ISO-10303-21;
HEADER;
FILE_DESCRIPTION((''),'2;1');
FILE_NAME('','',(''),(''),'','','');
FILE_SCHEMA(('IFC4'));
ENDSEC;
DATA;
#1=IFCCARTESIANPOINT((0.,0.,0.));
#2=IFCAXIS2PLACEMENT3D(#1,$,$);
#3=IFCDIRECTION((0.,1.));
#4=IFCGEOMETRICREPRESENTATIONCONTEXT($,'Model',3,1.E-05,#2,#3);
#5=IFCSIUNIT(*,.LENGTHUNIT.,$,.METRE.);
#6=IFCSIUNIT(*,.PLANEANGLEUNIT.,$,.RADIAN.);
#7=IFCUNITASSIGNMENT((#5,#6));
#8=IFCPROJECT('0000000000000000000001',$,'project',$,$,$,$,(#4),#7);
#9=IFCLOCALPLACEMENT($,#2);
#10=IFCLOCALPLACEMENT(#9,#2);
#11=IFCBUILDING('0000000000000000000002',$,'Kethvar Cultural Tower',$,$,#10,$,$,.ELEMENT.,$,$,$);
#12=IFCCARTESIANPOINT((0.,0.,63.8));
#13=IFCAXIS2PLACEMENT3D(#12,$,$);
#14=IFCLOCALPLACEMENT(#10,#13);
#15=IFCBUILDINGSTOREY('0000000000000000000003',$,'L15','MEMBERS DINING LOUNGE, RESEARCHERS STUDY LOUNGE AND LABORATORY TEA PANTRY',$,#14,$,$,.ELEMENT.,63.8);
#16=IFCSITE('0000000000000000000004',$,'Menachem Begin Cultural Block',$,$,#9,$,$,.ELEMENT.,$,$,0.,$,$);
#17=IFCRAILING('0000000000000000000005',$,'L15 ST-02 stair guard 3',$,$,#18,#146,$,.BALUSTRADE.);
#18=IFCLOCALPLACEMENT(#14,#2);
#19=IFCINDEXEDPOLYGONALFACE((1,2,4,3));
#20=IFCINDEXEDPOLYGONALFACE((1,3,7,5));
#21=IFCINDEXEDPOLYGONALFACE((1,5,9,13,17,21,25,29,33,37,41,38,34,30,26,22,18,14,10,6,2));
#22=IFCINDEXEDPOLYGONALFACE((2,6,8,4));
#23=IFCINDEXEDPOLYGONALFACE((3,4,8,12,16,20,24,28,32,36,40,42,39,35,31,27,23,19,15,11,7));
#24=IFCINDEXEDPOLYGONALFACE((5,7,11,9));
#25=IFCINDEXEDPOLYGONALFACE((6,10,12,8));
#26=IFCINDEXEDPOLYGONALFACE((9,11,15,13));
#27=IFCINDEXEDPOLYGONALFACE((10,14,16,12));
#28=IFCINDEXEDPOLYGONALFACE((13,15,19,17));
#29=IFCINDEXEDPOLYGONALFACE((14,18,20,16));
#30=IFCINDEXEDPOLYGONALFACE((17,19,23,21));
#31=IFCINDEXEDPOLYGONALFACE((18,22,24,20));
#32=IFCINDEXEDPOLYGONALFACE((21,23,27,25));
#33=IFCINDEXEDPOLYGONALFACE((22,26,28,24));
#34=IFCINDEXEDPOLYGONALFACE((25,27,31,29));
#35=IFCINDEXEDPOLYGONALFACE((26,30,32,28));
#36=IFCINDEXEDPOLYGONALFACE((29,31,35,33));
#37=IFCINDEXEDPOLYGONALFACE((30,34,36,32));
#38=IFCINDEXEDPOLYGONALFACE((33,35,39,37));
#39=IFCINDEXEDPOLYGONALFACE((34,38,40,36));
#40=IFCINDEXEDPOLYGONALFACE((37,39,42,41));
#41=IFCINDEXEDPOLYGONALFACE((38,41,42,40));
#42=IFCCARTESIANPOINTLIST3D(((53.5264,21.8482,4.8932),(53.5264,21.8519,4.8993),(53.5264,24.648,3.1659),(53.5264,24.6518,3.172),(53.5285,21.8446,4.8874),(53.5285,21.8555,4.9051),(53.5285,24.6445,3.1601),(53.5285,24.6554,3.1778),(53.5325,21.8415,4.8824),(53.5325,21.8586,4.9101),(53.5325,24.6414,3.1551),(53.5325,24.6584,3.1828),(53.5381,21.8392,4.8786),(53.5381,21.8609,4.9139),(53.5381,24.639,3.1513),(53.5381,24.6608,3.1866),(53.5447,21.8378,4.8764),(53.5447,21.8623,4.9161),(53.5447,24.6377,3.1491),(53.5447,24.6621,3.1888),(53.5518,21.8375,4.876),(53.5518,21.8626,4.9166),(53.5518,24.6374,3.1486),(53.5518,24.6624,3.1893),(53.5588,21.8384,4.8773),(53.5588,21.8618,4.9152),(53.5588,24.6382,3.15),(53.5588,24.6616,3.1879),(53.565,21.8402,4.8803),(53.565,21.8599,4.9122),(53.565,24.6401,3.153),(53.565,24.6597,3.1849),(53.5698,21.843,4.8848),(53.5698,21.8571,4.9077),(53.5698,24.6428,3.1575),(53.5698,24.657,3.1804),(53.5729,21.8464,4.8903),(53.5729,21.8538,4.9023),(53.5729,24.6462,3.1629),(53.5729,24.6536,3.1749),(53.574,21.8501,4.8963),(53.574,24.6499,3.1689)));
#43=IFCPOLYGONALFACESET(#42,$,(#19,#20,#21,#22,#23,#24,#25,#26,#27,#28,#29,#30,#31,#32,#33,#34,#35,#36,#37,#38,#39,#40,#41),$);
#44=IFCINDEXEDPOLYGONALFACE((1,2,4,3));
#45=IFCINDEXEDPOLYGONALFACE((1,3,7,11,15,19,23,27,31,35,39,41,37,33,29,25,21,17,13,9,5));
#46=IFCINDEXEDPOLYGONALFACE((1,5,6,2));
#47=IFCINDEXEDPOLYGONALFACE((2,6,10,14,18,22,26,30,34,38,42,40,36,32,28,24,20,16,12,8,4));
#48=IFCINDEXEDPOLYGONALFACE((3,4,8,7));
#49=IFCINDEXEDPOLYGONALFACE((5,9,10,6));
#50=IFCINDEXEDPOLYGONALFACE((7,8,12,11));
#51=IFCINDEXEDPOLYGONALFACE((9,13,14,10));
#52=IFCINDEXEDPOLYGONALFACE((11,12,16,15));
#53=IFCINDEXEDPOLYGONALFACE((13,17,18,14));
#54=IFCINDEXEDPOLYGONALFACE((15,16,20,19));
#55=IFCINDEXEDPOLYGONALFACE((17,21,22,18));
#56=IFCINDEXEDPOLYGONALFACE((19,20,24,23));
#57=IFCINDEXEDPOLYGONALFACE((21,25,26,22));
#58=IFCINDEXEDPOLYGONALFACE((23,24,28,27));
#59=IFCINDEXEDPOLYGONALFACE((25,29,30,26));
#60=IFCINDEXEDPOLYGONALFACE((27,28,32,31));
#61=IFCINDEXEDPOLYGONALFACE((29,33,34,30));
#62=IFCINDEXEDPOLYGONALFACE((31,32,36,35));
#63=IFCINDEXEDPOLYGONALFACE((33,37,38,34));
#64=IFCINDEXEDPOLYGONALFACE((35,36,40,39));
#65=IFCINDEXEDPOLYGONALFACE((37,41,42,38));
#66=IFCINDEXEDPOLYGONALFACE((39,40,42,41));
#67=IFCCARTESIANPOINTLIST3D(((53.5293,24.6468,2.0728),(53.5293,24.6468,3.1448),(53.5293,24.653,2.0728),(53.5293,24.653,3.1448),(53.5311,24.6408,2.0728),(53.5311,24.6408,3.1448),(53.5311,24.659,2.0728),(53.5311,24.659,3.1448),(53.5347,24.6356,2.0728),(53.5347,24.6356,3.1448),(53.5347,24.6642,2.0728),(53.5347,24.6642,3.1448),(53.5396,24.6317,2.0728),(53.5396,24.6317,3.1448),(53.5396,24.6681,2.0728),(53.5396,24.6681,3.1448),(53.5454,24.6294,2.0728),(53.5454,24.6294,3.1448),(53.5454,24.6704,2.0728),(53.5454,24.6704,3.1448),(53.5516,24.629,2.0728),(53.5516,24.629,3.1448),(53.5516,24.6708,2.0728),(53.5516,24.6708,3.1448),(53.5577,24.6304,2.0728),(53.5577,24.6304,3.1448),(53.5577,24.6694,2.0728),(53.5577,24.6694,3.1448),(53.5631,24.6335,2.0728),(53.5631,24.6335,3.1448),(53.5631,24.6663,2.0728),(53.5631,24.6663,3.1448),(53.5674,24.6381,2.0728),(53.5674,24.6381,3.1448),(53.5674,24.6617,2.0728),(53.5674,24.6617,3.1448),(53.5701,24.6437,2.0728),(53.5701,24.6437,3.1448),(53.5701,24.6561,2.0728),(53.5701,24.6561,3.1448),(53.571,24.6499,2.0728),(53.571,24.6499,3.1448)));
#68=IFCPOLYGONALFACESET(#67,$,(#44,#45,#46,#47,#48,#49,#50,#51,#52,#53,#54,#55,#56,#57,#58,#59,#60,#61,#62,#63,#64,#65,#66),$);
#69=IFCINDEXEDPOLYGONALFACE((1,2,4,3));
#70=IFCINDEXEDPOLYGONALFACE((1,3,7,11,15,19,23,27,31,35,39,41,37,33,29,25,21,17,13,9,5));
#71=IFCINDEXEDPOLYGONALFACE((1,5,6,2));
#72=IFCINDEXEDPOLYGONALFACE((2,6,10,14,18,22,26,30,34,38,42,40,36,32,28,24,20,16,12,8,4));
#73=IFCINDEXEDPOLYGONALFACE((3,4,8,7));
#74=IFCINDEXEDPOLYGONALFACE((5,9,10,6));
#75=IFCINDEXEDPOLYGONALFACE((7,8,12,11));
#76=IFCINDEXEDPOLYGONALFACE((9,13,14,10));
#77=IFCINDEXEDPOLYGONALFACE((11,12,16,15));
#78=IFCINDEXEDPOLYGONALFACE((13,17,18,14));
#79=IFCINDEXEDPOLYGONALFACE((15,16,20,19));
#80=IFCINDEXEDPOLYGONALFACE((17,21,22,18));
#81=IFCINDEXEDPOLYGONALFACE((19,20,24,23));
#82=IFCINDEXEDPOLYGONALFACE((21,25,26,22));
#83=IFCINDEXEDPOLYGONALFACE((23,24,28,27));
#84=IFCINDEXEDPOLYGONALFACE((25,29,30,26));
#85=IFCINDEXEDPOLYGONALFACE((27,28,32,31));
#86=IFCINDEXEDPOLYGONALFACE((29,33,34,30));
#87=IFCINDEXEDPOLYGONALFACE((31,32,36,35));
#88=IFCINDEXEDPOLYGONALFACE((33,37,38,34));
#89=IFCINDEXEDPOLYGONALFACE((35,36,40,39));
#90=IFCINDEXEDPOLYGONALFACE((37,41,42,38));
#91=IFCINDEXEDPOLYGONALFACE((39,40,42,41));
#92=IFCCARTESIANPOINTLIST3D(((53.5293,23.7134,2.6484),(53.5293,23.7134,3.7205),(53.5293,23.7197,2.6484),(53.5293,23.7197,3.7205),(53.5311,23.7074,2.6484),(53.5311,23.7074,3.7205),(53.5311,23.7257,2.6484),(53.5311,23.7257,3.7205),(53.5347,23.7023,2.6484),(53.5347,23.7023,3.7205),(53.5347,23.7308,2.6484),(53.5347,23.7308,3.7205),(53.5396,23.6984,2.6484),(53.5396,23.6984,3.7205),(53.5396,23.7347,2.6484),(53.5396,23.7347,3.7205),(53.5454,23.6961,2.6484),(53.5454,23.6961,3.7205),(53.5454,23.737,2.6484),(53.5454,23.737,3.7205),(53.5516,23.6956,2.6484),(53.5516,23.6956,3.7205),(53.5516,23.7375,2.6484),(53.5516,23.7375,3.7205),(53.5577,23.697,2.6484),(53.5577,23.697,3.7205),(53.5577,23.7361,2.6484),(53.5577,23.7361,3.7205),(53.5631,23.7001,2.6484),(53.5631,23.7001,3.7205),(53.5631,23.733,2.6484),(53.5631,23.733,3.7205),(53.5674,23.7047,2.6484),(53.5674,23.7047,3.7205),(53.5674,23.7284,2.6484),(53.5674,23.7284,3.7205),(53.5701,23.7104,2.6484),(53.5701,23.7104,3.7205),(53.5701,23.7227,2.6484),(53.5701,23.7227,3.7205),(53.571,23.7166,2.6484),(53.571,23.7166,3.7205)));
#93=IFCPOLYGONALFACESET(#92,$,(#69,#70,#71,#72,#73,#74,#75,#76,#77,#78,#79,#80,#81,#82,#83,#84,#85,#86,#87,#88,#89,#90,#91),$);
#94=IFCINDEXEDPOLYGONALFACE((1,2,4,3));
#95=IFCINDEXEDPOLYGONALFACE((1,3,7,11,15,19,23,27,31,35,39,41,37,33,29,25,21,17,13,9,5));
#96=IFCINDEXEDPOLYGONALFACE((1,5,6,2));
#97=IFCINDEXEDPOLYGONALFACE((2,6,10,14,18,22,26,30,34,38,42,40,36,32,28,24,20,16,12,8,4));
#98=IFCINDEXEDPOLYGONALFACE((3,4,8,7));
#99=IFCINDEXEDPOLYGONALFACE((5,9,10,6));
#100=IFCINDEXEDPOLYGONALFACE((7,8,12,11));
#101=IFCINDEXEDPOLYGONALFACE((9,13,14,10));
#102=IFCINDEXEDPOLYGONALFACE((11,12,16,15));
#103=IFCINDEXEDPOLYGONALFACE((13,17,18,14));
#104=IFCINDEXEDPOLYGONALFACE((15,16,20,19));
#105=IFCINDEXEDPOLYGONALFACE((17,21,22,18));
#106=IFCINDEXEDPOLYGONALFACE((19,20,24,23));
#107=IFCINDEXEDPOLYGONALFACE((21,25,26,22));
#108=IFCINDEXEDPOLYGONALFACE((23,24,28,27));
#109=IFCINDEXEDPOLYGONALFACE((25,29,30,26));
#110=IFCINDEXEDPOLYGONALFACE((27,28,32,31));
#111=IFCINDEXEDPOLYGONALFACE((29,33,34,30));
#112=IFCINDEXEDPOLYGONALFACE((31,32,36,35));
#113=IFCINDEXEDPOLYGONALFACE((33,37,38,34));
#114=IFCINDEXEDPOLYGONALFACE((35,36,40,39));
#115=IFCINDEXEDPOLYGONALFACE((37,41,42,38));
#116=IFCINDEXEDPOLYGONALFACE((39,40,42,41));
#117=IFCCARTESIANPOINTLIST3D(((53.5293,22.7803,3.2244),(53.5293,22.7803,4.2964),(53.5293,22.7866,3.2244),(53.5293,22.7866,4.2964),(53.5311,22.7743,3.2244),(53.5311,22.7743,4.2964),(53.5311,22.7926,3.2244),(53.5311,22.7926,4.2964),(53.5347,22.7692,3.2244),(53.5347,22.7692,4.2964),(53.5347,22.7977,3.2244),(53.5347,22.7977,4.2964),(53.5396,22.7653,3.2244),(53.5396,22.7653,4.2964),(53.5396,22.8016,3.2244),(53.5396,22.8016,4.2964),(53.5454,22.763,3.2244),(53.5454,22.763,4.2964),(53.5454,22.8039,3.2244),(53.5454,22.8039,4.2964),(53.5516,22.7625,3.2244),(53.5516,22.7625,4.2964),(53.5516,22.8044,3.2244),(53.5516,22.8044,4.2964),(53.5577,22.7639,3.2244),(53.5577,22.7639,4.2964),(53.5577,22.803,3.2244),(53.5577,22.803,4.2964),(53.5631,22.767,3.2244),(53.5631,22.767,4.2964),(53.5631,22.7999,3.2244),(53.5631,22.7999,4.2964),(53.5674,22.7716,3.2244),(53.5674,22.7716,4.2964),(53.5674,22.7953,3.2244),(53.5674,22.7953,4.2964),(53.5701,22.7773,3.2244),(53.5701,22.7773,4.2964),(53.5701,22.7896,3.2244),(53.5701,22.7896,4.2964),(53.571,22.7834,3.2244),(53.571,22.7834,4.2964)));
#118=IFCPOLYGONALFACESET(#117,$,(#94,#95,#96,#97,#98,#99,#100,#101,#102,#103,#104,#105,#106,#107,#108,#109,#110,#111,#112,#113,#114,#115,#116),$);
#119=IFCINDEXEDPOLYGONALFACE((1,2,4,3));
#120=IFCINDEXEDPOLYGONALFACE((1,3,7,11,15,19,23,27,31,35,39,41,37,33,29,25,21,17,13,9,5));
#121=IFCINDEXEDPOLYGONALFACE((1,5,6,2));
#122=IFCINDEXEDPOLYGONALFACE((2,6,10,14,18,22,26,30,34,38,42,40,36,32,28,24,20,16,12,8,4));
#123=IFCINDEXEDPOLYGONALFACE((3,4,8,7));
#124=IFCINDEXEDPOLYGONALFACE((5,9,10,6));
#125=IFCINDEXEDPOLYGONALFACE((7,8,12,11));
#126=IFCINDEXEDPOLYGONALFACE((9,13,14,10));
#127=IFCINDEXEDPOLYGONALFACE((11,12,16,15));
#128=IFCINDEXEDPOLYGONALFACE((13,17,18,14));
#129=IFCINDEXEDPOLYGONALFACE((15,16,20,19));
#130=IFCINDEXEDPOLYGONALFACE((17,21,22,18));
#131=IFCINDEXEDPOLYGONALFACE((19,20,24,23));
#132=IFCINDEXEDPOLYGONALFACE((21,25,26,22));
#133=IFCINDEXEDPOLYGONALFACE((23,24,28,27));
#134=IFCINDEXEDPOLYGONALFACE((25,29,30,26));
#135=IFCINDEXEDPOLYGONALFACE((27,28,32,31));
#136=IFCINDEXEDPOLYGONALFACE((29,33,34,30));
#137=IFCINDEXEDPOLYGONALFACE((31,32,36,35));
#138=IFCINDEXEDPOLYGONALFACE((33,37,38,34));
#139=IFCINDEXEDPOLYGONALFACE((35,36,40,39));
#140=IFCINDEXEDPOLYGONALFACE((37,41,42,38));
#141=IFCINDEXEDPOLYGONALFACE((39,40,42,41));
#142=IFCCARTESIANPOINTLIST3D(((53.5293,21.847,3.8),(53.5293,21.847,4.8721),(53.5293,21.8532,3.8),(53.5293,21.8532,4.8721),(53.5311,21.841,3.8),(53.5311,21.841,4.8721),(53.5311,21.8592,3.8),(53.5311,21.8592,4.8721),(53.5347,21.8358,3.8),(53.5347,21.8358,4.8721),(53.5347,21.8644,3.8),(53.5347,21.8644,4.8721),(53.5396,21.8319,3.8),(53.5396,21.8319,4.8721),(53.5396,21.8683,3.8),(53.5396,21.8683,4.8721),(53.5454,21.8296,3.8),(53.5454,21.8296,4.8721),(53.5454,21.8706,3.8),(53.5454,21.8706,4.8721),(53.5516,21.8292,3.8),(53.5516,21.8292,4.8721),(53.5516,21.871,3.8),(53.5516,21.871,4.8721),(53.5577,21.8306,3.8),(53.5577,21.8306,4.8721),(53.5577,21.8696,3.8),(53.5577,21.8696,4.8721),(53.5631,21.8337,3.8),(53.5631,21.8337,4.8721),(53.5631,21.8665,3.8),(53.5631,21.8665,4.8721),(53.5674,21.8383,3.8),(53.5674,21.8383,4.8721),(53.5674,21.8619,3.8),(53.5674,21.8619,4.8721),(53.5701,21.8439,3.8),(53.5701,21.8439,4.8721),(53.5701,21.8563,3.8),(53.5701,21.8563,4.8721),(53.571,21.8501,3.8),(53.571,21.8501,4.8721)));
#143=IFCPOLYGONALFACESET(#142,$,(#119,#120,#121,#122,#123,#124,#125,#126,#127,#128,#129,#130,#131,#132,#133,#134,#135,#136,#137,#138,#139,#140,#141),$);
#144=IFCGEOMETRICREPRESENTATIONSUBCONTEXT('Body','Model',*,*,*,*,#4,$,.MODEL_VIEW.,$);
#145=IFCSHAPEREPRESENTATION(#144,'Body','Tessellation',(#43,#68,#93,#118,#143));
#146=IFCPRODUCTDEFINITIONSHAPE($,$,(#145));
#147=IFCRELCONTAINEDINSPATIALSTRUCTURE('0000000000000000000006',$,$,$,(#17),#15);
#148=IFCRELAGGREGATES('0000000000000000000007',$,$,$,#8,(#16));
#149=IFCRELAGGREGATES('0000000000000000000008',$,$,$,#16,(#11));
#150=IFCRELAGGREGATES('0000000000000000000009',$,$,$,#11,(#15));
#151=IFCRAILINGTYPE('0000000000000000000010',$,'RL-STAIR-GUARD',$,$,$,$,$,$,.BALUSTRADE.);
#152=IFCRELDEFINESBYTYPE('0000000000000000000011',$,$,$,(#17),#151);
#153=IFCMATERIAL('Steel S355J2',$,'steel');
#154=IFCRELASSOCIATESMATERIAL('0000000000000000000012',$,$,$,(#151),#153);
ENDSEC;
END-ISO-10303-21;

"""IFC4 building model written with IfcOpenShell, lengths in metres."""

from ifc_helpers import new_model, si_unit, direction, frame, origin, origin_2d, place, context, subcontext, project, spatial, circle, extrude, material, type_object, element, save


model = new_model("IFC4")

# Units and contexts
model_context = context("Model", 3, precision=1e-05, world=origin(), true_north=direction((0.0, 1.0)))
body_context = subcontext(model_context, "Body", "Model", "MODEL_VIEW")
ifc_project = project(units=[si_unit("LENGTHUNIT", "METRE"), si_unit("PLANEANGLEUNIT", "RADIAN")], contexts=[model_context])

# Site, building, storey
site_placement = place(None, origin())
site = spatial("IfcSite", under=ifc_project, at=site_placement, Name="Menachem Begin Cultural Block", CompositionType="ELEMENT", RefElevation=0.0)
building_placement = place(site_placement, origin())
building = spatial("IfcBuilding", under=site, at=building_placement, Name="Kethvar Cultural Tower", CompositionType="ELEMENT")
storey_placement = place(building_placement, frame((0.0, 0.0, 63.8)))
storey = spatial("IfcBuildingStorey", under=building, at=storey_placement, Name="L15", Description="MEMBERS DINING LOUNGE, RESEARCHERS STUDY LOUNGE AND LABORATORY TEA PANTRY", CompositionType="ELEMENT", Elevation=63.8)

# Shared definitions
ifc_material_1 = material(Name="Steel S355J2", Category="steel")

# Railing
railing_type_1 = type_object("IfcRailingType", Name="RL-STAIR-GUARD", PredefinedType="BALUSTRADE", material=ifc_material_1)
railing_1_placement = place(storey_placement, frame((53.55, 24.6499, 2.0728)))
element("IfcRailing", 1, at=railing_1_placement, inside=storey, type_object=railing_type_1, Name="L15 ST-02 stair guard 3", PredefinedType="BALUSTRADE", context=body_context, shape_type="SweptSolid", body=[
    extrude(circle(Radius=0.0239, at=origin_2d()), frame((0.0, 0.0, 1.0962), z_axis=(0.0, -0.851069, 0.525054), x_axis=(1.0, 0.0, 0.0)), (0.0, 0.0, 1.0), 3.2898),
    extrude(circle(Radius=0.021, at=origin_2d()), origin(), (0.0, 0.0, 1.0), 1.072),
    extrude(circle(Radius=0.021, at=origin_2d()), frame((0.0, -0.9333, 0.5757)), (0.0, 0.0, 1.0), 1.072),
    extrude(circle(Radius=0.021, at=origin_2d()), frame((0.0, -1.8665, 1.1516)), (0.0, 0.0, 1.0), 1.072),
    extrude(circle(Radius=0.021, at=origin_2d()), frame((0.0, -2.7998, 1.7273)), (0.0, 0.0, 1.0), 1.072),
])

save(model, "model.ifc")
